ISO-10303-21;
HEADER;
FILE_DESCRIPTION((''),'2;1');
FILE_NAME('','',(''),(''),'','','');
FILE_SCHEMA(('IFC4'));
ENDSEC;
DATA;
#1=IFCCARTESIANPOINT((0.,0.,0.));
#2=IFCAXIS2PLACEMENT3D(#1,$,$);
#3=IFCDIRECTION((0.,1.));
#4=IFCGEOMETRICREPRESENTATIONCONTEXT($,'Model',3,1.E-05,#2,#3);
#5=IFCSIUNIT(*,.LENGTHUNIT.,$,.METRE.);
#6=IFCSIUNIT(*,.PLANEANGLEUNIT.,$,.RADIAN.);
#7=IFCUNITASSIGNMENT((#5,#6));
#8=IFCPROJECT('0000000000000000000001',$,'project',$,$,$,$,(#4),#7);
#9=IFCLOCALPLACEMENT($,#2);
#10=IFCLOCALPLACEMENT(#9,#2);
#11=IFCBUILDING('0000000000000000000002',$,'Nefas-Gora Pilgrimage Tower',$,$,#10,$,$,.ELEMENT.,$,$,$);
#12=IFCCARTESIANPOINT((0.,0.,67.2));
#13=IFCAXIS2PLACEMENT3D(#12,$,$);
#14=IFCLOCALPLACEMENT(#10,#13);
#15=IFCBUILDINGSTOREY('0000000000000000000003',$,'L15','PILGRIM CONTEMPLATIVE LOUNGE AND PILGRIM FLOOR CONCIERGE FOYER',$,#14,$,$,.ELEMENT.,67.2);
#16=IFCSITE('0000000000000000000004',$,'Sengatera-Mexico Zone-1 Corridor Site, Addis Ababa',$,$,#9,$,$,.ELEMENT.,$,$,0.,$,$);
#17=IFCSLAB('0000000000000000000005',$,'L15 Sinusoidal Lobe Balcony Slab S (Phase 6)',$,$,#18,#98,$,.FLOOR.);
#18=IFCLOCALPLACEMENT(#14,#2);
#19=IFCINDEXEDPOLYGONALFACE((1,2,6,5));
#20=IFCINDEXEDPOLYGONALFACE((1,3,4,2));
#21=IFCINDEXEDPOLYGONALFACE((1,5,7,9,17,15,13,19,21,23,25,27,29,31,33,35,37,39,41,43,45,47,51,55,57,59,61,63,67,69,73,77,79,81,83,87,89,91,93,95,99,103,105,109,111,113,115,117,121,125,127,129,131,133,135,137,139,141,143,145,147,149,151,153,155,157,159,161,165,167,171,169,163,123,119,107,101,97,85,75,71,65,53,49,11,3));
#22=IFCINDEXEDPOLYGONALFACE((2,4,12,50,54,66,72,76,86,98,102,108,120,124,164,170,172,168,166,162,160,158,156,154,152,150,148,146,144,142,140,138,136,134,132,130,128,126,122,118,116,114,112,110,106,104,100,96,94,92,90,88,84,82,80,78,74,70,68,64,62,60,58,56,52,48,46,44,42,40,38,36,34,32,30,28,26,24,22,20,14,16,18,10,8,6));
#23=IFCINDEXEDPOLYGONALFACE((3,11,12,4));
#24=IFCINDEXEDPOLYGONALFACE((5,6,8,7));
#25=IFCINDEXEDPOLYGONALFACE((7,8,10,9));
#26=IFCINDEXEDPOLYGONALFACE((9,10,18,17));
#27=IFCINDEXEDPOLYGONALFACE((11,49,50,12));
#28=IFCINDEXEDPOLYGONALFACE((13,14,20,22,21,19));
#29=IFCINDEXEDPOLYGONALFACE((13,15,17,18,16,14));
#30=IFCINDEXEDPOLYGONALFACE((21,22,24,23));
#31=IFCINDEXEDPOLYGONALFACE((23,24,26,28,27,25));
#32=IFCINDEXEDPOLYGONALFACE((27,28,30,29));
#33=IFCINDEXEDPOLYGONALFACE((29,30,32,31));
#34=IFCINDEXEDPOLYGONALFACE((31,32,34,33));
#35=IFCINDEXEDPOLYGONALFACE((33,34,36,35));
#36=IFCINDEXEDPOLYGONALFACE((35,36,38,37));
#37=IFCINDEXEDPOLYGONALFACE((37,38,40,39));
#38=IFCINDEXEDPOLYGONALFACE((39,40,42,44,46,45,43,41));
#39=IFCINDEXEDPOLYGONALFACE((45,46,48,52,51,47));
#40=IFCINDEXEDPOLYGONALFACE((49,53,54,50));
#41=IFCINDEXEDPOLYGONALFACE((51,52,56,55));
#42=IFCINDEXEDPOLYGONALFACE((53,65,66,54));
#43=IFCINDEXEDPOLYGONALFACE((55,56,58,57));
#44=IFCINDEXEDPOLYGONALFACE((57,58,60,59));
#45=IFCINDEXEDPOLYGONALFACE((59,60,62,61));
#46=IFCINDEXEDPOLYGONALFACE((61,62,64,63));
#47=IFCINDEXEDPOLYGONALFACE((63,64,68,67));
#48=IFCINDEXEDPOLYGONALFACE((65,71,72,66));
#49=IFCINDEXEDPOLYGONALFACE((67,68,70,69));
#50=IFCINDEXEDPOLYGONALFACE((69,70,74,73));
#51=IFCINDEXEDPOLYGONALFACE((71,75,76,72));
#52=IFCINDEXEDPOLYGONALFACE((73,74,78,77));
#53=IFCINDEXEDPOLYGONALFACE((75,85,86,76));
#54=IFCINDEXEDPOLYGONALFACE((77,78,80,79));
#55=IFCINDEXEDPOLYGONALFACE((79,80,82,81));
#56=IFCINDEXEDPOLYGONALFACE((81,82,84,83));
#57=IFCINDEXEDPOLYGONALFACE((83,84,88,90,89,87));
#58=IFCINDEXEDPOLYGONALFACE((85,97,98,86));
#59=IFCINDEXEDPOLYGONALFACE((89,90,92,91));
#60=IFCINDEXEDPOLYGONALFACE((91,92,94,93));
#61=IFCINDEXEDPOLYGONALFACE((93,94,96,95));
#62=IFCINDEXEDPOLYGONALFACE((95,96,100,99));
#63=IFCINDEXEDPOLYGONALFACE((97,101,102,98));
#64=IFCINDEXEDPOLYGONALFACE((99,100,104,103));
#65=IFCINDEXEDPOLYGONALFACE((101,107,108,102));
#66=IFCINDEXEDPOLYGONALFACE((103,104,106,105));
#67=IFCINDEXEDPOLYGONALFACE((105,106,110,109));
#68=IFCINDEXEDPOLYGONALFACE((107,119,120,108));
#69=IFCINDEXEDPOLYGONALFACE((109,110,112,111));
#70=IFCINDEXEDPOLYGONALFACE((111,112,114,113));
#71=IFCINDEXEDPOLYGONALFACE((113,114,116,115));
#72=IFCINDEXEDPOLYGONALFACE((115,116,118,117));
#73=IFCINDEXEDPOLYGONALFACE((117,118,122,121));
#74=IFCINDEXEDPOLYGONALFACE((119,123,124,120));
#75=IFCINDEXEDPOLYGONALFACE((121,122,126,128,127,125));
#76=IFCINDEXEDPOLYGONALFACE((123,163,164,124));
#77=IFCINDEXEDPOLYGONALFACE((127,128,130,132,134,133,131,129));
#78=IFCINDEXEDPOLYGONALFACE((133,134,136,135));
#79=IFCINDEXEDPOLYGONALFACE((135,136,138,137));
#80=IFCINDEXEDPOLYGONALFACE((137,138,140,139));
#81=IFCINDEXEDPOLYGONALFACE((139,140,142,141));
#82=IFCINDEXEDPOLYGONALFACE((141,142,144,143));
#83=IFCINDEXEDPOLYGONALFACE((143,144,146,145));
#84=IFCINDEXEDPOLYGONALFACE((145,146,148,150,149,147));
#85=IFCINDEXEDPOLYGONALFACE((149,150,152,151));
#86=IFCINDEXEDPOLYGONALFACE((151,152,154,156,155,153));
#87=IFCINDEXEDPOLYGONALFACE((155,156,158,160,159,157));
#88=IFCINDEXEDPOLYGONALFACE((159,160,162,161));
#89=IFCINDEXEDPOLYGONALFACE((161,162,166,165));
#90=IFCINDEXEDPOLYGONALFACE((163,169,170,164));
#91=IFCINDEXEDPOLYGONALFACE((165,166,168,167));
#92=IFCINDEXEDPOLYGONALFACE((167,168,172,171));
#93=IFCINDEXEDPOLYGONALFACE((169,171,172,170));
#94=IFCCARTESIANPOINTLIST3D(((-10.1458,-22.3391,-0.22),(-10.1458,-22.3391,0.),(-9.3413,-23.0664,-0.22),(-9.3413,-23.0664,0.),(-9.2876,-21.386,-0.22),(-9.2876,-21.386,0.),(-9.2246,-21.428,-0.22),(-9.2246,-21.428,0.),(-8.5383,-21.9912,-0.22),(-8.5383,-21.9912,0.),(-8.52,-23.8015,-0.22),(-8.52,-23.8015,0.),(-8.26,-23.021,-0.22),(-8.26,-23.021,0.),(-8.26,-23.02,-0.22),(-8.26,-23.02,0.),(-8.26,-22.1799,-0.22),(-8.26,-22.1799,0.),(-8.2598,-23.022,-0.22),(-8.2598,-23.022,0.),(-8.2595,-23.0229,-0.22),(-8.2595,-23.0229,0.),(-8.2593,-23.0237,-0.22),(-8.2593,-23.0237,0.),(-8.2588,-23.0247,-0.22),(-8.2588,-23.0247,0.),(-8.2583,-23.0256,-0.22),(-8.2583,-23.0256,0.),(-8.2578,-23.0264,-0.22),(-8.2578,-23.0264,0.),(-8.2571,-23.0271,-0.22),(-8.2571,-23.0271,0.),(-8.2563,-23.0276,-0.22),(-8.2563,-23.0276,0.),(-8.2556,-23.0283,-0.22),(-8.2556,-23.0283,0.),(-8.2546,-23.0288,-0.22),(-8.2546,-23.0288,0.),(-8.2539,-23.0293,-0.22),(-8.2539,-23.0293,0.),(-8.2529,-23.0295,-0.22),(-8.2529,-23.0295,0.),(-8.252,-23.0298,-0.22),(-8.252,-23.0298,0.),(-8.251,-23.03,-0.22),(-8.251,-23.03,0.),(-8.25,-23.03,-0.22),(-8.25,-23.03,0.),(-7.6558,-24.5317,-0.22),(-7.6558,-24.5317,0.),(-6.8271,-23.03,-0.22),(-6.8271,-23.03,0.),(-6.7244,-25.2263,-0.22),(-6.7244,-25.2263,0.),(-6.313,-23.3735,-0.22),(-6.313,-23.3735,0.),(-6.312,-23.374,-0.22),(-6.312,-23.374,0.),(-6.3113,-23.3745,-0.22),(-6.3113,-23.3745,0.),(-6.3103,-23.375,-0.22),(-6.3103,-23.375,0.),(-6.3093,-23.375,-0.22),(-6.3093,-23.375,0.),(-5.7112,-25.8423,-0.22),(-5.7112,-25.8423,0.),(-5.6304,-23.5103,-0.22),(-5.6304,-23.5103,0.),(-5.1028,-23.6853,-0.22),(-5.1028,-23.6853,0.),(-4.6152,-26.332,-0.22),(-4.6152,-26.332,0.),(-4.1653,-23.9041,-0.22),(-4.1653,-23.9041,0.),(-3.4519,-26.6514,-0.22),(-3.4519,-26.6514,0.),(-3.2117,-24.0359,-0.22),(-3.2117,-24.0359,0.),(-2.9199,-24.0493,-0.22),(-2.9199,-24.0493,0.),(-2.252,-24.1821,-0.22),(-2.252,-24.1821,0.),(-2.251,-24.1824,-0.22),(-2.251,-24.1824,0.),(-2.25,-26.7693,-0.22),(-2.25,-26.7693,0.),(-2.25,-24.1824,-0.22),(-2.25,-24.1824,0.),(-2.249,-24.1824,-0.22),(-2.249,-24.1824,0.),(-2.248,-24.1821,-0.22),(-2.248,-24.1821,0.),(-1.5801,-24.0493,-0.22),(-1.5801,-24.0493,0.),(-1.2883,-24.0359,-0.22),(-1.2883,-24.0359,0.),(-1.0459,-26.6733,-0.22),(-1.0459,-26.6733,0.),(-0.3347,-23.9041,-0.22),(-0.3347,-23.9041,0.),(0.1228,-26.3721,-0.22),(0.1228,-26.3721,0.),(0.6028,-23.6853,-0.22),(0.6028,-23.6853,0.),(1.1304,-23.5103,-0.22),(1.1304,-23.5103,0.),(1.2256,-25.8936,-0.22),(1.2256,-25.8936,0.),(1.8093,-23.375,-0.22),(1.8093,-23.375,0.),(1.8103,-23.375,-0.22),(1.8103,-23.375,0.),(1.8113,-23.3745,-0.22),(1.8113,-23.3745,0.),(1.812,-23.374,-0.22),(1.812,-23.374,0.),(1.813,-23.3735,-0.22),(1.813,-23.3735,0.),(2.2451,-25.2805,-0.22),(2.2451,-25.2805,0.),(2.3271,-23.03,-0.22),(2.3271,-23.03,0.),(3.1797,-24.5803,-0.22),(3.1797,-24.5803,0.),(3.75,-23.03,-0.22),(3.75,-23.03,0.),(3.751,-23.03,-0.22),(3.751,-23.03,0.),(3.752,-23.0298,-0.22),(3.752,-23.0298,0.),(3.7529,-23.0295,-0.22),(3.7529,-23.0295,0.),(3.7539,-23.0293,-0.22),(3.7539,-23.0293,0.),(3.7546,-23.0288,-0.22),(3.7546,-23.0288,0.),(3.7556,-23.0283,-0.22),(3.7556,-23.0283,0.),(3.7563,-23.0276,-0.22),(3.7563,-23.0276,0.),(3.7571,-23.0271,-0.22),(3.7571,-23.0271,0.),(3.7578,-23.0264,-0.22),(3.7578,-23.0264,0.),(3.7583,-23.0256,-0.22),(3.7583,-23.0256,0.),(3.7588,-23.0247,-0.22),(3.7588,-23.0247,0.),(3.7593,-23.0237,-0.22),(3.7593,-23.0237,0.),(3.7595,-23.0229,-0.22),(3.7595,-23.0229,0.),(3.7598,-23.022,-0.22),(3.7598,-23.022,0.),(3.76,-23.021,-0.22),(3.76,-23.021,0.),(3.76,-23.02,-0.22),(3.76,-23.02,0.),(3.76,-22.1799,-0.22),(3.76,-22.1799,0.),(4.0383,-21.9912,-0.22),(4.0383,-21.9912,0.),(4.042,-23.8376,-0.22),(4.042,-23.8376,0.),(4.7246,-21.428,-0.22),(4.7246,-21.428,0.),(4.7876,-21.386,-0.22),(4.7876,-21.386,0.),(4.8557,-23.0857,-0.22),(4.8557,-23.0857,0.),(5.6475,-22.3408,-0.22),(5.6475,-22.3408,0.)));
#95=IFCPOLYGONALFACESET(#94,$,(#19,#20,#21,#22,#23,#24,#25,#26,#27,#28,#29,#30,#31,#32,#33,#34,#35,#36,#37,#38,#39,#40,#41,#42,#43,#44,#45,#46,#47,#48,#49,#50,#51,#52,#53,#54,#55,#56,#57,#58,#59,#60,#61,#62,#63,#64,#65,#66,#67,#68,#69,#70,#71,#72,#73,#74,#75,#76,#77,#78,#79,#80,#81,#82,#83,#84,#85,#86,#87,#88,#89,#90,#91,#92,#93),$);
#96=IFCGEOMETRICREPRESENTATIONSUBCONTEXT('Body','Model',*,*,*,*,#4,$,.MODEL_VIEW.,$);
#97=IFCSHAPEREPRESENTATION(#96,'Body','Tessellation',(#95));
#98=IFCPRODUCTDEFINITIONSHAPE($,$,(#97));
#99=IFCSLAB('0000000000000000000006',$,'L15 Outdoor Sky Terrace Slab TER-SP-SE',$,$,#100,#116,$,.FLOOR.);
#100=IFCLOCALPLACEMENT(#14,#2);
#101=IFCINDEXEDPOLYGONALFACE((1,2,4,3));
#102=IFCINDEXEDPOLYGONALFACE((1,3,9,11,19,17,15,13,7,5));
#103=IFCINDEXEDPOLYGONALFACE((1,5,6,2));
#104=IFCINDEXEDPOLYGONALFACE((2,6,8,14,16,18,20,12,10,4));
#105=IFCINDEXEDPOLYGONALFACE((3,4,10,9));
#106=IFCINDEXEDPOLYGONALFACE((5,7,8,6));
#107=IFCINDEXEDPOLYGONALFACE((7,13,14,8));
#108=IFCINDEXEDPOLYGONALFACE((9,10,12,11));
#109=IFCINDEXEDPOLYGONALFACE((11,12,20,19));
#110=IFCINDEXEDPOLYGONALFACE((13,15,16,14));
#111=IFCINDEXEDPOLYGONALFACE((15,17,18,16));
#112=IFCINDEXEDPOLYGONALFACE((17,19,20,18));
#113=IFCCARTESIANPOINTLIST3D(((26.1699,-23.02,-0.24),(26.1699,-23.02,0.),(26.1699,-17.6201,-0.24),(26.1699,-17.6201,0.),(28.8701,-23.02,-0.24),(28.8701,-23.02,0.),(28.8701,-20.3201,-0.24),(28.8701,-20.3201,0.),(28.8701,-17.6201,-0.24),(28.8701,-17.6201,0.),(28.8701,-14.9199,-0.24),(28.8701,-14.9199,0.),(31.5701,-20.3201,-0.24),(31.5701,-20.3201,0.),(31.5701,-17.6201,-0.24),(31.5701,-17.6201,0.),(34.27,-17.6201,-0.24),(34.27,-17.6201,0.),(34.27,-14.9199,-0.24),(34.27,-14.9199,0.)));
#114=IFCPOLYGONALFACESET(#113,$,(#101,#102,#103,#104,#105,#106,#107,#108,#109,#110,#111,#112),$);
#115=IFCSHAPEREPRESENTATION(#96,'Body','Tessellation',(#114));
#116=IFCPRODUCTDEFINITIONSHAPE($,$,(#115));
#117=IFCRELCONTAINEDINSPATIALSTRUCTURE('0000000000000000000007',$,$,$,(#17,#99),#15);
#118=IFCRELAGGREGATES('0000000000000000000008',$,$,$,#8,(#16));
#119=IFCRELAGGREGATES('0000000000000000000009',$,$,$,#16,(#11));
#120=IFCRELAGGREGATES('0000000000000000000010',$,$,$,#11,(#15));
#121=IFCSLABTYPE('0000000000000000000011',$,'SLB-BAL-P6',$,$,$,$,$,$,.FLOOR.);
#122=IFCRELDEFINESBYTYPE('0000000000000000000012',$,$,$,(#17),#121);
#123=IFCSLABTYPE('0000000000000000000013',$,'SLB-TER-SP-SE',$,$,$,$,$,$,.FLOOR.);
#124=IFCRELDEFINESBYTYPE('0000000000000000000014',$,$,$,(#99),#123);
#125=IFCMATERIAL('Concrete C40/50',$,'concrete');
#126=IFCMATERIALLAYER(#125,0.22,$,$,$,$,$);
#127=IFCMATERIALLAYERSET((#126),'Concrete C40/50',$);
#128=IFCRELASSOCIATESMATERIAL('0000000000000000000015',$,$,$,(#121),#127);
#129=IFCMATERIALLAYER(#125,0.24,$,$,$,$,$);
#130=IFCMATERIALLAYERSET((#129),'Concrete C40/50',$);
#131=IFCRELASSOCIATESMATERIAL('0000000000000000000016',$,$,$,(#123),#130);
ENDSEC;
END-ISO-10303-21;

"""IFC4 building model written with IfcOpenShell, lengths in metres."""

from ifc_helpers import new_model, si_unit, direction, frame, origin, place, context, subcontext, project, spatial, polyline, outline, extrude, material, layer, layer_set, type_object, element, save


model = new_model("IFC4")

# Units and contexts
model_context = context("Model", 3, precision=1e-05, world=origin(), true_north=direction((0.0, 1.0)))
body_context = subcontext(model_context, "Body", "Model", "MODEL_VIEW")
ifc_project = project(units=[si_unit("LENGTHUNIT", "METRE"), si_unit("PLANEANGLEUNIT", "RADIAN")], contexts=[model_context])

# Site, building, storey
site_placement = place(None, origin())
site = spatial("IfcSite", under=ifc_project, at=site_placement, Name="Sengatera-Mexico Zone-1 Corridor Site, Addis Ababa", CompositionType="ELEMENT", RefElevation=0.0)
building_placement = place(site_placement, origin())
building = spatial("IfcBuilding", under=site, at=building_placement, Name="Nefas-Gora Pilgrimage Tower", CompositionType="ELEMENT")
storey_placement = place(building_placement, frame((0.0, 0.0, 67.2)))
storey = spatial("IfcBuildingStorey", under=building, at=storey_placement, Name="L15", Description="PILGRIM CONTEMPLATIVE LOUNGE AND PILGRIM FLOOR CONCIERGE FOYER", CompositionType="ELEMENT", Elevation=67.2)

# Slabs
ifc_material_1 = material(Name="Concrete C40/50", Category="concrete")
ifc_layer_1 = layer(ifc_material_1, 0.22)
ifc_layer_set_1 = layer_set([ifc_layer_1], Name="Concrete C40/50")
slab_type_1 = type_object("IfcSlabType", Name="SLB-BAL-P6", PredefinedType="FLOOR", material=ifc_layer_set_1)
slab_1_placement = place(storey_placement, frame((0.0, 0.0, -0.22)))
element("IfcSlab", 1, at=slab_1_placement, inside=storey, type_object=slab_type_1, Name="L15 Sinusoidal Lobe Balcony Slab S (Phase 6)", PredefinedType="FLOOR", context=body_context, shape_type="SweptSolid", body=[
    extrude(outline(polyline([(4.7876, -21.386), (4.7246, -21.428), (4.0383, -21.9912), (3.76, -22.1799), (3.76, -23.02), (3.76, -23.021), (3.7598, -23.022), (3.7595, -23.0229), (3.7593, -23.0237), (3.7588, -23.0247), (3.7583, -23.0256), (3.7578, -23.0264), (3.7571, -23.0271), (3.7563, -23.0276), (3.7556, -23.0283), (3.7546, -23.0288), (3.7539, -23.0293), (3.7529, -23.0295), (3.752, -23.0298), (3.751, -23.03), (3.75, -23.03), (2.3271, -23.03), (1.813, -23.3735), (1.812, -23.374), (1.8113, -23.3745), (1.8103, -23.375), (1.8093, -23.375), (1.1304, -23.5103), (0.6028, -23.6853), (-0.3347, -23.9041), (-1.2883, -24.0359), (-1.5801, -24.0493), (-2.248, -24.1821), (-2.249, -24.1824), (-2.25, -24.1824), (-2.251, -24.1824), (-2.252, -24.1821), (-2.9199, -24.0493), (-3.2117, -24.0359), (-4.1653, -23.9041), (-5.1028, -23.6853), (-5.6304, -23.5103), (-6.3093, -23.375), (-6.3103, -23.375), (-6.3113, -23.3745), (-6.312, -23.374), (-6.313, -23.3735), (-6.8271, -23.03), (-8.25, -23.03), (-8.251, -23.03), (-8.252, -23.0298), (-8.2529, -23.0295), (-8.2539, -23.0293), (-8.2546, -23.0288), (-8.2556, -23.0283), (-8.2563, -23.0276), (-8.2571, -23.0271), (-8.2578, -23.0264), (-8.2583, -23.0256), (-8.2588, -23.0247), (-8.2593, -23.0237), (-8.2595, -23.0229), (-8.2598, -23.022), (-8.26, -23.021), (-8.26, -23.02), (-8.26, -22.1799), (-8.5383, -21.9912), (-9.2246, -21.428), (-9.2876, -21.386), (-10.1458, -22.3391), (-9.3413, -23.0664), (-8.52, -23.8015), (-7.6558, -24.5317), (-6.7244, -25.2263), (-5.7112, -25.8423), (-4.6152, -26.332), (-3.4519, -26.6514), (-2.25, -26.7693), (-1.0459, -26.6733), (0.1228, -26.3721), (1.2256, -25.8936), (2.2451, -25.2805), (3.1797, -24.5803), (4.042, -23.8376), (4.8557, -23.0857), (5.6475, -22.3408), (4.7876, -21.386)])), origin(), (0.0, 0.0, 1.0), 0.22),
])
ifc_layer_2 = layer(ifc_material_1, 0.24)
ifc_layer_set_2 = layer_set([ifc_layer_2], Name="Concrete C40/50")
slab_type_2 = type_object("IfcSlabType", Name="SLB-TER-SP-SE", PredefinedType="FLOOR", material=ifc_layer_set_2)
slab_2_placement = place(storey_placement, frame((0.0, 0.0, -0.24)))
element("IfcSlab", 2, at=slab_2_placement, inside=storey, type_object=slab_type_2, Name="L15 Outdoor Sky Terrace Slab TER-SP-SE", PredefinedType="FLOOR", context=body_context, shape_type="SweptSolid", body=[
    extrude(outline(polyline([(34.27, -17.6201), (34.27, -14.9199), (28.8701, -14.9199), (28.8701, -17.6201), (26.1699, -17.6201), (26.1699, -23.02), (28.8701, -23.02), (28.8701, -20.3201), (31.5701, -20.3201), (31.5701, -17.6201), (34.27, -17.6201)])), origin(), (0.0, 0.0, 1.0), 0.24),
])

save(model, "model.ifc")
